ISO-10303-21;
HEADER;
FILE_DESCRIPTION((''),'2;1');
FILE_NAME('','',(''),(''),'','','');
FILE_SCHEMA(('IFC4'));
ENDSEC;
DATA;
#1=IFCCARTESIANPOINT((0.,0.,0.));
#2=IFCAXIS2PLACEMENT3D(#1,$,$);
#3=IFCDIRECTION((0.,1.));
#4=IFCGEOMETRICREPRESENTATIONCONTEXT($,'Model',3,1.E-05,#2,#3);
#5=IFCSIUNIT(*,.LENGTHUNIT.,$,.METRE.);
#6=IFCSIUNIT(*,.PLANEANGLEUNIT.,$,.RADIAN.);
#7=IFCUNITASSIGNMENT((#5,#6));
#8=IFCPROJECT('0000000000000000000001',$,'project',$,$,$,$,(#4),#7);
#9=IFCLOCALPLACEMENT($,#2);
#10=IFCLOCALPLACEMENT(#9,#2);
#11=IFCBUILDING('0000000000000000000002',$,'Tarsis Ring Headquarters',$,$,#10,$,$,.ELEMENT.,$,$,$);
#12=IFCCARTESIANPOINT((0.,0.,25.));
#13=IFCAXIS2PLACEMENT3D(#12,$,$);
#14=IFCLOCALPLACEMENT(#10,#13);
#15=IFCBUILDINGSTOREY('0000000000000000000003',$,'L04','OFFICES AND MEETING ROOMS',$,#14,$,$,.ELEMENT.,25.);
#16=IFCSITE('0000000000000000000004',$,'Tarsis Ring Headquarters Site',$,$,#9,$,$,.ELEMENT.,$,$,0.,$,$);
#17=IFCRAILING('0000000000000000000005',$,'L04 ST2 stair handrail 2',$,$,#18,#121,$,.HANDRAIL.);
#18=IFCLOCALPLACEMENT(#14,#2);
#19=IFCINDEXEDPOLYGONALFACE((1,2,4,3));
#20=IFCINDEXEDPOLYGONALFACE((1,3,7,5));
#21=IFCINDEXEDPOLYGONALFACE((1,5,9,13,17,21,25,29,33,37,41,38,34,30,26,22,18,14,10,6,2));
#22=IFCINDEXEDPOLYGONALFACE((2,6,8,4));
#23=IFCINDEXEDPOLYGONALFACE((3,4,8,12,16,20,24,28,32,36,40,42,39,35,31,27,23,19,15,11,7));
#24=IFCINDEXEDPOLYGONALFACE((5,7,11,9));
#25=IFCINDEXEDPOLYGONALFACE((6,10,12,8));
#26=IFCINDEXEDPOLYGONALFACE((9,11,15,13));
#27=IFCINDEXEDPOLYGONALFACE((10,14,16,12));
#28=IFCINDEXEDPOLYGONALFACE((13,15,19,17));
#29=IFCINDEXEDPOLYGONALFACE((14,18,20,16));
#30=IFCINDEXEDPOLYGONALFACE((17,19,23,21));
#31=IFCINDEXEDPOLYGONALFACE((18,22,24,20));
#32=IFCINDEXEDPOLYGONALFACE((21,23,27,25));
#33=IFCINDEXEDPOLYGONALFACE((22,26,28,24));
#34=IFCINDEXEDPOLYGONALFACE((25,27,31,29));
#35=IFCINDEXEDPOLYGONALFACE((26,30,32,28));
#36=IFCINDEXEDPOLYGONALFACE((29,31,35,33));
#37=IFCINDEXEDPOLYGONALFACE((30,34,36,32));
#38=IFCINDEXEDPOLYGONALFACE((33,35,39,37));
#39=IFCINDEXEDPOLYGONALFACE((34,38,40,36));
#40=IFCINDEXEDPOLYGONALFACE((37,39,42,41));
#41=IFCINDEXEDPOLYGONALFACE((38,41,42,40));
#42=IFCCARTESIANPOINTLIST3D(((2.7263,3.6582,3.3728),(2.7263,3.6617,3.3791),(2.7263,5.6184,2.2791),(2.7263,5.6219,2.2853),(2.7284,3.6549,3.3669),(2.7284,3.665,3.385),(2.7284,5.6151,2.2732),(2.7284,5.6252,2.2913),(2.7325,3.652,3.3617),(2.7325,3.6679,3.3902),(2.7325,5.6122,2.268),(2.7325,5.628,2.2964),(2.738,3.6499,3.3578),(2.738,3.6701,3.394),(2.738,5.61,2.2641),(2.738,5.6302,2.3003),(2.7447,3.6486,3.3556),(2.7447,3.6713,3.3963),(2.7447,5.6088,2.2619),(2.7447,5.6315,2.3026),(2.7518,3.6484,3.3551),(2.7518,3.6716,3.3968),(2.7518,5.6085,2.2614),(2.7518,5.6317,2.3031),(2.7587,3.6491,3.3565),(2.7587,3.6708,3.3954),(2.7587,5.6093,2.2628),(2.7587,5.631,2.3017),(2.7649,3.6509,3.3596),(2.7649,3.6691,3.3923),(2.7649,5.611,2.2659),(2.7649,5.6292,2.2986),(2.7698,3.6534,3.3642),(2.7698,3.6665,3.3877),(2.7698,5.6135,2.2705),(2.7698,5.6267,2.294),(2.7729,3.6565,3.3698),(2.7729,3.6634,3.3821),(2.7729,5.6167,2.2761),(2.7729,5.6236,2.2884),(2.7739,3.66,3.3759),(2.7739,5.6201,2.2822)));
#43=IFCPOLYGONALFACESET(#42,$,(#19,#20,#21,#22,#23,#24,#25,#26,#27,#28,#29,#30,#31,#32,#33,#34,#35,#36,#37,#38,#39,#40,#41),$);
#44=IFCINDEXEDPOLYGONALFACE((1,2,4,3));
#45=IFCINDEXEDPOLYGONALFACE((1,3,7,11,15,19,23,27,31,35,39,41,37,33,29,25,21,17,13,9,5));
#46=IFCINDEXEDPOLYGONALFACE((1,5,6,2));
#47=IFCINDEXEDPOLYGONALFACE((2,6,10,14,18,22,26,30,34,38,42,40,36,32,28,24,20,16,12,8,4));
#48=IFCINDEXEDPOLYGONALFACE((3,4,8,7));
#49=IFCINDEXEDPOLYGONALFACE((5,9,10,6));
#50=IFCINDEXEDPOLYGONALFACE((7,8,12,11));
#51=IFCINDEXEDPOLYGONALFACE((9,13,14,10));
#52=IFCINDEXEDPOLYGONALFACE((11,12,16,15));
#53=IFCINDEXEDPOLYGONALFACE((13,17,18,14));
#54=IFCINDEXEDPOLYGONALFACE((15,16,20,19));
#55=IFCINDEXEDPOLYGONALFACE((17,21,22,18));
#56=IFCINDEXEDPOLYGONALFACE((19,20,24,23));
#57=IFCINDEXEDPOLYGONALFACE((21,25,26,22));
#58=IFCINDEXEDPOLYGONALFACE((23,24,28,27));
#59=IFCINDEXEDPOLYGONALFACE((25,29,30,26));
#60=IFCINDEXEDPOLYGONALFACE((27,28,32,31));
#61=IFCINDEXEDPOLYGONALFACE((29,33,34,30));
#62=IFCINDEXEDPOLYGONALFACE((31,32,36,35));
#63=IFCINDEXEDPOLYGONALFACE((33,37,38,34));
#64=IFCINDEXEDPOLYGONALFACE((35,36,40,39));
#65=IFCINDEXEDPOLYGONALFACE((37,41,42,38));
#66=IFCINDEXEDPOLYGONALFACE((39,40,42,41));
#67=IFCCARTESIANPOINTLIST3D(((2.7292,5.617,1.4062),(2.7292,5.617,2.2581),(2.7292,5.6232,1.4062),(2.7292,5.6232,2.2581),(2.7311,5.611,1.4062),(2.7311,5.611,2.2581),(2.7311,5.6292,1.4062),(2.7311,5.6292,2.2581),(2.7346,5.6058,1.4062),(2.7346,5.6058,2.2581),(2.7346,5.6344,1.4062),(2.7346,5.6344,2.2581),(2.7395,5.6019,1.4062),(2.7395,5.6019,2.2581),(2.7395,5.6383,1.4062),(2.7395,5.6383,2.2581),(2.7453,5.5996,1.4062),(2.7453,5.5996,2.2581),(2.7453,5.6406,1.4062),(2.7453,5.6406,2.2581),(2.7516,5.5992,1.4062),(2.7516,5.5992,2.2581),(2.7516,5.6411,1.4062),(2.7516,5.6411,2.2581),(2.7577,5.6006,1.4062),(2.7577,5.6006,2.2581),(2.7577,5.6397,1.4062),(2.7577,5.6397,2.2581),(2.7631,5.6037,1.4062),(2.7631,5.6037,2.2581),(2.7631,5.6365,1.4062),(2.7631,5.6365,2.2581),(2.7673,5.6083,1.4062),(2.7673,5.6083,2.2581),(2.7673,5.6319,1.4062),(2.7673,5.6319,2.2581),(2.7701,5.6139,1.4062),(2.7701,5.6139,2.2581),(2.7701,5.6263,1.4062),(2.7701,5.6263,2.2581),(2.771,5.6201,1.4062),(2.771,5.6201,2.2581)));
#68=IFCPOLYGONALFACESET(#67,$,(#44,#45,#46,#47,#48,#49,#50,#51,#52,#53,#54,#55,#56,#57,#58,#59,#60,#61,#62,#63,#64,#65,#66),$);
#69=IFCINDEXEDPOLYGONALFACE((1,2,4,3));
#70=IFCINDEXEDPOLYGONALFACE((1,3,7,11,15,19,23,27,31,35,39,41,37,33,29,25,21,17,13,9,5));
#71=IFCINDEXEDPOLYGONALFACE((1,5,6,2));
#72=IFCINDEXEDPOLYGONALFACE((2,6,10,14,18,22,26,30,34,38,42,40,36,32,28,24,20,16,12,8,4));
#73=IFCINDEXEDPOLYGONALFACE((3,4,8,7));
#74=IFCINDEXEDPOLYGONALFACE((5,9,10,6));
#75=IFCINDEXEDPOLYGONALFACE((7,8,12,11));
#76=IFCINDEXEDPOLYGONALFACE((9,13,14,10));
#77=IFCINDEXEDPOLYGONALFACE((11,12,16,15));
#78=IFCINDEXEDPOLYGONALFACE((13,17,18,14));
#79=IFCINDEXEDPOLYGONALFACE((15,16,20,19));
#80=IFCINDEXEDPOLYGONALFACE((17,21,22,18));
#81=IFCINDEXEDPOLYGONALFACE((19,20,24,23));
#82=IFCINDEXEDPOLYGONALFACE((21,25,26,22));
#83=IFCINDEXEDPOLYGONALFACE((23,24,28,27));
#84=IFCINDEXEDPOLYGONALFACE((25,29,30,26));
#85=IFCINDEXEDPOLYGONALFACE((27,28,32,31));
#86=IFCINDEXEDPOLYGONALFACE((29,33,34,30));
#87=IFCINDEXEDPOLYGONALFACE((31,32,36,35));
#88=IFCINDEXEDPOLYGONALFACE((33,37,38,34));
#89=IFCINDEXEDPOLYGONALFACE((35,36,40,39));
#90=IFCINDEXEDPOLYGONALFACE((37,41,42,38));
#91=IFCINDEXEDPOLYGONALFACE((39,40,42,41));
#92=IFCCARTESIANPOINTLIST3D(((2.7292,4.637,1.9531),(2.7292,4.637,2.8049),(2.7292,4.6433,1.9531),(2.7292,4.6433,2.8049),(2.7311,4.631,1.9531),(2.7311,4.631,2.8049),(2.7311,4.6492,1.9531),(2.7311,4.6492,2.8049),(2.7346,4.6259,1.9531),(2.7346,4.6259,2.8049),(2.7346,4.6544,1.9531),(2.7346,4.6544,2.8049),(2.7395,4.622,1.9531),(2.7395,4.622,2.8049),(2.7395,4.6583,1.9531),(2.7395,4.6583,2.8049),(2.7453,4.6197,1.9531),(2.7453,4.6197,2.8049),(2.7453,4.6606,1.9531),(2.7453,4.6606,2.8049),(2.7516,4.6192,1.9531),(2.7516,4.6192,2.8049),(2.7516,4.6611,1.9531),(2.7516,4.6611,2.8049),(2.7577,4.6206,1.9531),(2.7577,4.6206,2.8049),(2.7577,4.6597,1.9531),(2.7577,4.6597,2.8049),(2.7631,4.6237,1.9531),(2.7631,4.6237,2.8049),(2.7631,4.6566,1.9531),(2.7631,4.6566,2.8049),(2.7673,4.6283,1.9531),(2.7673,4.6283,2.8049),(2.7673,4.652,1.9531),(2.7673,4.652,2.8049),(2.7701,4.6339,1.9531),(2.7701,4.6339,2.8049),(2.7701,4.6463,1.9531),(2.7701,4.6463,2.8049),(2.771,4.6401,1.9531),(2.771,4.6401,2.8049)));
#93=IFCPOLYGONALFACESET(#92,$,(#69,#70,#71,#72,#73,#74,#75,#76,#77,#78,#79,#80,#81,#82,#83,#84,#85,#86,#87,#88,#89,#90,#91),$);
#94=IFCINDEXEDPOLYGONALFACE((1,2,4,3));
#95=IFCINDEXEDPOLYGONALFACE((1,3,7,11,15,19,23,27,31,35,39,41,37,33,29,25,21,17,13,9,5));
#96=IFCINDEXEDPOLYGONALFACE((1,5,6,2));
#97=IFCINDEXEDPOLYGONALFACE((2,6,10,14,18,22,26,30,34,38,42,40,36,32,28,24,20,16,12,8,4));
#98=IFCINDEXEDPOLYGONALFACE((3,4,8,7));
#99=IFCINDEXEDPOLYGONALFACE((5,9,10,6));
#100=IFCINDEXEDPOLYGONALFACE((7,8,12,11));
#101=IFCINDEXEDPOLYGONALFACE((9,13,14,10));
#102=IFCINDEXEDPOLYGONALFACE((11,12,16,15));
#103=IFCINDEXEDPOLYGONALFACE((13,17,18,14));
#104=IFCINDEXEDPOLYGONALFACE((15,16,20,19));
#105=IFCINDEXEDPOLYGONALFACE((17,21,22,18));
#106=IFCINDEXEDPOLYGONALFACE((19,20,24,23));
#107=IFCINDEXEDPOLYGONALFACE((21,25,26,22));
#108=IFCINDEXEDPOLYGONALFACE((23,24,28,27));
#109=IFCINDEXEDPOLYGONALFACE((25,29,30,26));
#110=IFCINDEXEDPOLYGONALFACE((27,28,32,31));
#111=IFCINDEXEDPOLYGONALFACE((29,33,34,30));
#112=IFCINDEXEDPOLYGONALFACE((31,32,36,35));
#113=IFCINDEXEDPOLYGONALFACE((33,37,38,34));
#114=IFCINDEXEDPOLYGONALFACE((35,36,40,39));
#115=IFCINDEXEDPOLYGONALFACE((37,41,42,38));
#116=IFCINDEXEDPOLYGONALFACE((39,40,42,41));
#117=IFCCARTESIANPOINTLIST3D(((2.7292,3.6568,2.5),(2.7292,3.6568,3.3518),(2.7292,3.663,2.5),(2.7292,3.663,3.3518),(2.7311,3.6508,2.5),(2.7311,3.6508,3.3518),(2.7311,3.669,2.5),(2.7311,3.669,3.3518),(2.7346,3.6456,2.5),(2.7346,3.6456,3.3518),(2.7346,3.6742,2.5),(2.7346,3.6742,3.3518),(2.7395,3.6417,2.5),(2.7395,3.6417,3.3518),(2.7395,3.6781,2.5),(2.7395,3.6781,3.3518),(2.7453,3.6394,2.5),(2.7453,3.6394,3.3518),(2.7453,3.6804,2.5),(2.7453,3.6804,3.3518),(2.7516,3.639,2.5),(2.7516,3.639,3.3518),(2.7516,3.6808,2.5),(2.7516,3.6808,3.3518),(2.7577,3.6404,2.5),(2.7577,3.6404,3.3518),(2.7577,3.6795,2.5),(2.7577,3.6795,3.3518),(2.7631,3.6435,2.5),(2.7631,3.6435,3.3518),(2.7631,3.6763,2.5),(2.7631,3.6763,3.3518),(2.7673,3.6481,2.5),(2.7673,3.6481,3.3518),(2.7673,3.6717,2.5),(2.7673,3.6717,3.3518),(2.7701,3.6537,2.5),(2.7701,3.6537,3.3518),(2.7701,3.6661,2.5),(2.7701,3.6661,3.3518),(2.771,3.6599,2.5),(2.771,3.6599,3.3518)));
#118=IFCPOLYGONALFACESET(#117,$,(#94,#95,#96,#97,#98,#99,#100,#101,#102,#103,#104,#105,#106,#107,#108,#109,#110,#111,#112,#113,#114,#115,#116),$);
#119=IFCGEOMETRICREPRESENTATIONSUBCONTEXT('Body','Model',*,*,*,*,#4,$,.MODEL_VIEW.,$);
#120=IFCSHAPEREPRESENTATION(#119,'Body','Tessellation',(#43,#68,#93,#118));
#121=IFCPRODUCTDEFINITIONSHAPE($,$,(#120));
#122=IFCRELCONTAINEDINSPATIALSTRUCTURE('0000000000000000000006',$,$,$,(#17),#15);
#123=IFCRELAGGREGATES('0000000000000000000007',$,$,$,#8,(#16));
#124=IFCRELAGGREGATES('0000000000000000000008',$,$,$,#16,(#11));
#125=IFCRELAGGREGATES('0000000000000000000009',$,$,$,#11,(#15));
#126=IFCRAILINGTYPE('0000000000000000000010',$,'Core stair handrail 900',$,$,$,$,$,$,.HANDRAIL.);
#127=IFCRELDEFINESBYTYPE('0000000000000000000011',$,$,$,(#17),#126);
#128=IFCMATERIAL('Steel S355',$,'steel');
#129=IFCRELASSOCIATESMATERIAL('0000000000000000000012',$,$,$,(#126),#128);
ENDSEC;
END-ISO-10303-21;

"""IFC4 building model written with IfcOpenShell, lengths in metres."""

from ifc_helpers import new_model, si_unit, direction, frame, origin, origin_2d, place, context, subcontext, project, spatial, circle, extrude, material, type_object, element, save


model = new_model("IFC4")

# Units and contexts
model_context = context("Model", 3, precision=1e-05, world=origin(), true_north=direction((0.0, 1.0)))
body_context = subcontext(model_context, "Body", "Model", "MODEL_VIEW")
ifc_project = project(units=[si_unit("LENGTHUNIT", "METRE"), si_unit("PLANEANGLEUNIT", "RADIAN")], contexts=[model_context])

# Site, building, storey
site_placement = place(None, origin())
site = spatial("IfcSite", under=ifc_project, at=site_placement, Name="Tarsis Ring Headquarters Site", CompositionType="ELEMENT", RefElevation=0.0)
building_placement = place(site_placement, origin())
building = spatial("IfcBuilding", under=site, at=building_placement, Name="Tarsis Ring Headquarters", CompositionType="ELEMENT")
storey_placement = place(building_placement, frame((0.0, 0.0, 25.0)))
storey = spatial("IfcBuildingStorey", under=building, at=storey_placement, Name="L04", Description="OFFICES AND MEETING ROOMS", CompositionType="ELEMENT", Elevation=25.0)

# Railing
ifc_material_1 = material(Name="Steel S355", Category="steel")
railing_type_1 = type_object("IfcRailingType", Name="Core stair handrail 900", PredefinedType="HANDRAIL", material=ifc_material_1)
railing_1_placement = place(storey_placement, frame((2.75, 5.6201, 1.4062)))
element("IfcRailing", 1, at=railing_1_placement, inside=storey, type_object=railing_type_1, Name="L04 ST2 stair handrail 2", PredefinedType="HANDRAIL", context=body_context, shape_type="SweptSolid", body=[
    extrude(circle(Radius=0.0239, at=origin_2d()), frame((0.0, 0.0, 0.876), z_axis=(0.0, -0.873258, 0.487258), x_axis=(1.0, 0.0, 0.0)), (0.0, 0.0, 1.0), 2.2446),
    extrude(circle(Radius=0.021, at=origin_2d()), origin(), (0.0, 0.0, 1.0), 0.8518),
    extrude(circle(Radius=0.021, at=origin_2d()), frame((0.0, -0.98, 0.5469)), (0.0, 0.0, 1.0), 0.8518),
    extrude(circle(Radius=0.021, at=origin_2d()), frame((0.0, -1.9602, 1.0938)), (0.0, 0.0, 1.0), 0.8518),
])

save(model, "model.ifc")
